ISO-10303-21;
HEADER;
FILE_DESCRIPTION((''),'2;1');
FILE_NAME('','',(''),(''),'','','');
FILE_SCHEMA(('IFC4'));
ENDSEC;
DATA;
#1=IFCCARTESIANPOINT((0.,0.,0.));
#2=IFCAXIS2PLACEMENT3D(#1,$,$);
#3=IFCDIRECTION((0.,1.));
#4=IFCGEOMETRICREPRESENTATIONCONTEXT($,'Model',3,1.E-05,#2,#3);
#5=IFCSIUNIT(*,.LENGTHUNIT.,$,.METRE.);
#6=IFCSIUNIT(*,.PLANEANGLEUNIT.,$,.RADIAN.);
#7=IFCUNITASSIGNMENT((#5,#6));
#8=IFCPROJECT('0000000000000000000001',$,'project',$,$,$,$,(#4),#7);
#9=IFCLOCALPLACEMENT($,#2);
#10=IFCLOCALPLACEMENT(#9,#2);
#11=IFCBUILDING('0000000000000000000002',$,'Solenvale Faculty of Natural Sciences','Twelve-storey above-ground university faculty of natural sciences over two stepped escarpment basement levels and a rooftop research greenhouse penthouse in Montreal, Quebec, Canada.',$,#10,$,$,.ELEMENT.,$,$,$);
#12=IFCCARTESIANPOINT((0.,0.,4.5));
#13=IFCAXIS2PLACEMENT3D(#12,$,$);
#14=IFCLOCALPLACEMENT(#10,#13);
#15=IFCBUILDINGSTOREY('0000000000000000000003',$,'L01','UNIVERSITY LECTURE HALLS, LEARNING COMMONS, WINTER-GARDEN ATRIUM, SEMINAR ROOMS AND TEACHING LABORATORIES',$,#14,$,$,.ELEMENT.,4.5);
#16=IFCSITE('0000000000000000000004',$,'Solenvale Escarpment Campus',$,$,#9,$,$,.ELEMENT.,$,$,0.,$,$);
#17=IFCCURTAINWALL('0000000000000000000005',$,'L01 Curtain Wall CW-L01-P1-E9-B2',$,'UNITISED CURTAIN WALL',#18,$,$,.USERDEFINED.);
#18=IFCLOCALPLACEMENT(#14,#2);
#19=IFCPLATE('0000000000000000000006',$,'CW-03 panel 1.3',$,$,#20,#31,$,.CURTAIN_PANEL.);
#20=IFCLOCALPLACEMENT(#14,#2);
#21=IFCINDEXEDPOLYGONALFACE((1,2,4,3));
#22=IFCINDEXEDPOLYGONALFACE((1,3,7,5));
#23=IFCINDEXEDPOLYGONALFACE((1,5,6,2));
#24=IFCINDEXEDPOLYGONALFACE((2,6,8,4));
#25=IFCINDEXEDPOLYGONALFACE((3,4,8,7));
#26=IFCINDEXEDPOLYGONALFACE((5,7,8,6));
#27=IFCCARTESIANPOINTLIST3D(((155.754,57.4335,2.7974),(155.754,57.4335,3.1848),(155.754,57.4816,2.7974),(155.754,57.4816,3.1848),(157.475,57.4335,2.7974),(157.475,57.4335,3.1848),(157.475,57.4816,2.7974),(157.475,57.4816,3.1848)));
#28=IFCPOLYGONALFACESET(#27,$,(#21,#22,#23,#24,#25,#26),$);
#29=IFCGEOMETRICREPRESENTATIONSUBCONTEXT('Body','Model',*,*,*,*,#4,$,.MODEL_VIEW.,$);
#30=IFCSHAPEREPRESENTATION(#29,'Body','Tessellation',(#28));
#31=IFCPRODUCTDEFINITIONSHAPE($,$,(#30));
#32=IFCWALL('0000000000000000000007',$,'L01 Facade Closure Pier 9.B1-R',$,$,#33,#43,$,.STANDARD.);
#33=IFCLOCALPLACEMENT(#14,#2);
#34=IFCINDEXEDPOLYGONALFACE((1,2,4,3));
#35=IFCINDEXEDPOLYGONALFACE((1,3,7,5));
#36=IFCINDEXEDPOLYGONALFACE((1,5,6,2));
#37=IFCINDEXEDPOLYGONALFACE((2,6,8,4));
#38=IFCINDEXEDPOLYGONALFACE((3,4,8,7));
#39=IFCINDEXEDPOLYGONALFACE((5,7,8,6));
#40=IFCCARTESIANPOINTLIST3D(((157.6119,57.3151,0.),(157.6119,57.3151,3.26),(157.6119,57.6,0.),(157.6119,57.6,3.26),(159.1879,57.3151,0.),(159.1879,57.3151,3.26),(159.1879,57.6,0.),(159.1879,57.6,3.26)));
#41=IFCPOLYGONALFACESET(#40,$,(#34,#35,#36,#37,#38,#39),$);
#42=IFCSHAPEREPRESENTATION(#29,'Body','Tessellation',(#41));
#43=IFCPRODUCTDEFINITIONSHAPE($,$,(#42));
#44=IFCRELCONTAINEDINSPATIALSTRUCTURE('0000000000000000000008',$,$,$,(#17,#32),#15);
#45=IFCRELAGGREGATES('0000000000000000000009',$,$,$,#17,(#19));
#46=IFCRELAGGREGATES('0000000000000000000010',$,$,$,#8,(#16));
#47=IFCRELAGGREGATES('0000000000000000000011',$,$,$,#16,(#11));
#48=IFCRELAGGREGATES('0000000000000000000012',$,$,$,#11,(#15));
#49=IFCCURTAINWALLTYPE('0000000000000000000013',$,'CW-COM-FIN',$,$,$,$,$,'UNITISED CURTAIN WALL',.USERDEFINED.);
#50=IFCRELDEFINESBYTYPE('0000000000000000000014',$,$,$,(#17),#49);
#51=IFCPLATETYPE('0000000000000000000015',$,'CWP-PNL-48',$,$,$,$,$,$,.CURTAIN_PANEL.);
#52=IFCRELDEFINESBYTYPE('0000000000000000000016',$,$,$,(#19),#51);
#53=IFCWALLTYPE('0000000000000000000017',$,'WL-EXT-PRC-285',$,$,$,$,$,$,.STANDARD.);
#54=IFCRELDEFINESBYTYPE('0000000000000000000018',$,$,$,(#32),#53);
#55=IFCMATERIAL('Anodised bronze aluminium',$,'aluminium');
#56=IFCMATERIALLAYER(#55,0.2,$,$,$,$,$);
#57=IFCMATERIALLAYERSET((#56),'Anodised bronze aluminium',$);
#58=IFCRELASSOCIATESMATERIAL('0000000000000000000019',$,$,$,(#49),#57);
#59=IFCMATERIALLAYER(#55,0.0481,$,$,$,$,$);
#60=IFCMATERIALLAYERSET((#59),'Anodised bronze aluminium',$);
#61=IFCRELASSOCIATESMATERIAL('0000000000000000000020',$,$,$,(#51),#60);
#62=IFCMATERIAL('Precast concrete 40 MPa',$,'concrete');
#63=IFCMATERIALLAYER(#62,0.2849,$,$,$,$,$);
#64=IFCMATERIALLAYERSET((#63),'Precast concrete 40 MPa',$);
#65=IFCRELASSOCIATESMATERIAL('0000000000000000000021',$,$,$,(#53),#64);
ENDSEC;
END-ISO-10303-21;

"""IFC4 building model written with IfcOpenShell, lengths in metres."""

from ifc_helpers import new_model, si_unit, direction, frame, frame_2d, origin, origin_2d, place, context, subcontext, project, spatial, rectangle, extrude, material, layer, layer_set, type_object, element, aggregate, save


model = new_model("IFC4")

# Units and contexts
model_context = context("Model", 3, precision=1e-05, world=origin(), true_north=direction((0.0, 1.0)))
body_context = subcontext(model_context, "Body", "Model", "MODEL_VIEW")
ifc_project = project(units=[si_unit("LENGTHUNIT", "METRE"), si_unit("PLANEANGLEUNIT", "RADIAN")], contexts=[model_context])

# Site, building, storey
site_placement = place(None, origin())
site = spatial("IfcSite", under=ifc_project, at=site_placement, Name="Solenvale Escarpment Campus", CompositionType="ELEMENT", RefElevation=0.0)
building_placement = place(site_placement, origin())
building = spatial("IfcBuilding", under=site, at=building_placement, Name="Solenvale Faculty of Natural Sciences", Description="Twelve-storey above-ground university faculty of natural sciences over two stepped escarpment basement levels and a rooftop research greenhouse penthouse in Montreal, Quebec, Canada.", CompositionType="ELEMENT")
storey_placement = place(building_placement, frame((0.0, 0.0, 4.5)))
storey = spatial("IfcBuildingStorey", under=building, at=storey_placement, Name="L01", Description="UNIVERSITY LECTURE HALLS, LEARNING COMMONS, WINTER-GARDEN ATRIUM, SEMINAR ROOMS AND TEACHING LABORATORIES", CompositionType="ELEMENT", Elevation=4.5)

# Shared definitions
ifc_material_1 = material(Name="Anodised bronze aluminium", Category="aluminium")
ifc_layer_1 = layer(ifc_material_1, 0.2)
ifc_layer_set_1 = layer_set([ifc_layer_1], Name="Anodised bronze aluminium")
curtain_wall_type = type_object("IfcCurtainWallType", Name="CW-COM-FIN", ElementType="UNITISED CURTAIN WALL", PredefinedType="USERDEFINED", material=ifc_layer_set_1)

# Curtain wall
curtain_wall_1_placement = place(storey_placement, origin())
curtain_wall_1 = element("IfcCurtainWall", 1, at=curtain_wall_1_placement, inside=storey, type_object=curtain_wall_type, Name="L01 Curtain Wall CW-L01-P1-E9-B2", ObjectType="UNITISED CURTAIN WALL", PredefinedType="USERDEFINED")

# Plate
ifc_layer_2 = layer(ifc_material_1, 0.0481)
ifc_layer_set_2 = layer_set([ifc_layer_2], Name="Anodised bronze aluminium")
plate_type_1 = type_object("IfcPlateType", Name="CWP-PNL-48", PredefinedType="CURTAIN_PANEL", material=ifc_layer_set_2)
plate_1_placement = place(storey_placement, frame((156.6145, 57.4575, 2.7974), z_axis=(0.0, 0.0, 1.0), x_axis=(-1.0, 0.0, 0.0)))
plate_1 = element("IfcPlate", 2, at=plate_1_placement, type_object=plate_type_1, Name="CW-03 panel 1.3", PredefinedType="CURTAIN_PANEL", context=body_context, shape_type="SweptSolid", body=[
    extrude(rectangle(XDim=1.7209, YDim=0.0481, at=origin_2d()), origin(), (0.0, 0.0, 1.0), 0.3875),
])
aggregate(curtain_wall_1, [plate_1])

# Wall
ifc_material_2 = material(Name="Precast concrete 40 MPa", Category="concrete")
ifc_layer_3 = layer(ifc_material_2, 0.2849)
ifc_layer_set_3 = layer_set([ifc_layer_3], Name="Precast concrete 40 MPa")
wall_type = type_object("IfcWallType", Name="WL-EXT-PRC-285", PredefinedType="STANDARD", material=ifc_layer_set_3)
wall_placement = place(storey_placement, frame((159.188, 57.4575, 0.0), z_axis=(0.0, 0.0, 1.0), x_axis=(-1.0, 0.0, 0.0)))
element("IfcWall", 3, at=wall_placement, inside=storey, type_object=wall_type, Name="L01 Facade Closure Pier 9.B1-R", PredefinedType="STANDARD", context=body_context, shape_type="SweptSolid", body=[
    extrude(rectangle(XDim=1.5759, YDim=0.2849, at=frame_2d((0.7881, 0.0))), origin(), (0.0, 0.0, 1.0), 3.26),
])

save(model, "model.ifc")
